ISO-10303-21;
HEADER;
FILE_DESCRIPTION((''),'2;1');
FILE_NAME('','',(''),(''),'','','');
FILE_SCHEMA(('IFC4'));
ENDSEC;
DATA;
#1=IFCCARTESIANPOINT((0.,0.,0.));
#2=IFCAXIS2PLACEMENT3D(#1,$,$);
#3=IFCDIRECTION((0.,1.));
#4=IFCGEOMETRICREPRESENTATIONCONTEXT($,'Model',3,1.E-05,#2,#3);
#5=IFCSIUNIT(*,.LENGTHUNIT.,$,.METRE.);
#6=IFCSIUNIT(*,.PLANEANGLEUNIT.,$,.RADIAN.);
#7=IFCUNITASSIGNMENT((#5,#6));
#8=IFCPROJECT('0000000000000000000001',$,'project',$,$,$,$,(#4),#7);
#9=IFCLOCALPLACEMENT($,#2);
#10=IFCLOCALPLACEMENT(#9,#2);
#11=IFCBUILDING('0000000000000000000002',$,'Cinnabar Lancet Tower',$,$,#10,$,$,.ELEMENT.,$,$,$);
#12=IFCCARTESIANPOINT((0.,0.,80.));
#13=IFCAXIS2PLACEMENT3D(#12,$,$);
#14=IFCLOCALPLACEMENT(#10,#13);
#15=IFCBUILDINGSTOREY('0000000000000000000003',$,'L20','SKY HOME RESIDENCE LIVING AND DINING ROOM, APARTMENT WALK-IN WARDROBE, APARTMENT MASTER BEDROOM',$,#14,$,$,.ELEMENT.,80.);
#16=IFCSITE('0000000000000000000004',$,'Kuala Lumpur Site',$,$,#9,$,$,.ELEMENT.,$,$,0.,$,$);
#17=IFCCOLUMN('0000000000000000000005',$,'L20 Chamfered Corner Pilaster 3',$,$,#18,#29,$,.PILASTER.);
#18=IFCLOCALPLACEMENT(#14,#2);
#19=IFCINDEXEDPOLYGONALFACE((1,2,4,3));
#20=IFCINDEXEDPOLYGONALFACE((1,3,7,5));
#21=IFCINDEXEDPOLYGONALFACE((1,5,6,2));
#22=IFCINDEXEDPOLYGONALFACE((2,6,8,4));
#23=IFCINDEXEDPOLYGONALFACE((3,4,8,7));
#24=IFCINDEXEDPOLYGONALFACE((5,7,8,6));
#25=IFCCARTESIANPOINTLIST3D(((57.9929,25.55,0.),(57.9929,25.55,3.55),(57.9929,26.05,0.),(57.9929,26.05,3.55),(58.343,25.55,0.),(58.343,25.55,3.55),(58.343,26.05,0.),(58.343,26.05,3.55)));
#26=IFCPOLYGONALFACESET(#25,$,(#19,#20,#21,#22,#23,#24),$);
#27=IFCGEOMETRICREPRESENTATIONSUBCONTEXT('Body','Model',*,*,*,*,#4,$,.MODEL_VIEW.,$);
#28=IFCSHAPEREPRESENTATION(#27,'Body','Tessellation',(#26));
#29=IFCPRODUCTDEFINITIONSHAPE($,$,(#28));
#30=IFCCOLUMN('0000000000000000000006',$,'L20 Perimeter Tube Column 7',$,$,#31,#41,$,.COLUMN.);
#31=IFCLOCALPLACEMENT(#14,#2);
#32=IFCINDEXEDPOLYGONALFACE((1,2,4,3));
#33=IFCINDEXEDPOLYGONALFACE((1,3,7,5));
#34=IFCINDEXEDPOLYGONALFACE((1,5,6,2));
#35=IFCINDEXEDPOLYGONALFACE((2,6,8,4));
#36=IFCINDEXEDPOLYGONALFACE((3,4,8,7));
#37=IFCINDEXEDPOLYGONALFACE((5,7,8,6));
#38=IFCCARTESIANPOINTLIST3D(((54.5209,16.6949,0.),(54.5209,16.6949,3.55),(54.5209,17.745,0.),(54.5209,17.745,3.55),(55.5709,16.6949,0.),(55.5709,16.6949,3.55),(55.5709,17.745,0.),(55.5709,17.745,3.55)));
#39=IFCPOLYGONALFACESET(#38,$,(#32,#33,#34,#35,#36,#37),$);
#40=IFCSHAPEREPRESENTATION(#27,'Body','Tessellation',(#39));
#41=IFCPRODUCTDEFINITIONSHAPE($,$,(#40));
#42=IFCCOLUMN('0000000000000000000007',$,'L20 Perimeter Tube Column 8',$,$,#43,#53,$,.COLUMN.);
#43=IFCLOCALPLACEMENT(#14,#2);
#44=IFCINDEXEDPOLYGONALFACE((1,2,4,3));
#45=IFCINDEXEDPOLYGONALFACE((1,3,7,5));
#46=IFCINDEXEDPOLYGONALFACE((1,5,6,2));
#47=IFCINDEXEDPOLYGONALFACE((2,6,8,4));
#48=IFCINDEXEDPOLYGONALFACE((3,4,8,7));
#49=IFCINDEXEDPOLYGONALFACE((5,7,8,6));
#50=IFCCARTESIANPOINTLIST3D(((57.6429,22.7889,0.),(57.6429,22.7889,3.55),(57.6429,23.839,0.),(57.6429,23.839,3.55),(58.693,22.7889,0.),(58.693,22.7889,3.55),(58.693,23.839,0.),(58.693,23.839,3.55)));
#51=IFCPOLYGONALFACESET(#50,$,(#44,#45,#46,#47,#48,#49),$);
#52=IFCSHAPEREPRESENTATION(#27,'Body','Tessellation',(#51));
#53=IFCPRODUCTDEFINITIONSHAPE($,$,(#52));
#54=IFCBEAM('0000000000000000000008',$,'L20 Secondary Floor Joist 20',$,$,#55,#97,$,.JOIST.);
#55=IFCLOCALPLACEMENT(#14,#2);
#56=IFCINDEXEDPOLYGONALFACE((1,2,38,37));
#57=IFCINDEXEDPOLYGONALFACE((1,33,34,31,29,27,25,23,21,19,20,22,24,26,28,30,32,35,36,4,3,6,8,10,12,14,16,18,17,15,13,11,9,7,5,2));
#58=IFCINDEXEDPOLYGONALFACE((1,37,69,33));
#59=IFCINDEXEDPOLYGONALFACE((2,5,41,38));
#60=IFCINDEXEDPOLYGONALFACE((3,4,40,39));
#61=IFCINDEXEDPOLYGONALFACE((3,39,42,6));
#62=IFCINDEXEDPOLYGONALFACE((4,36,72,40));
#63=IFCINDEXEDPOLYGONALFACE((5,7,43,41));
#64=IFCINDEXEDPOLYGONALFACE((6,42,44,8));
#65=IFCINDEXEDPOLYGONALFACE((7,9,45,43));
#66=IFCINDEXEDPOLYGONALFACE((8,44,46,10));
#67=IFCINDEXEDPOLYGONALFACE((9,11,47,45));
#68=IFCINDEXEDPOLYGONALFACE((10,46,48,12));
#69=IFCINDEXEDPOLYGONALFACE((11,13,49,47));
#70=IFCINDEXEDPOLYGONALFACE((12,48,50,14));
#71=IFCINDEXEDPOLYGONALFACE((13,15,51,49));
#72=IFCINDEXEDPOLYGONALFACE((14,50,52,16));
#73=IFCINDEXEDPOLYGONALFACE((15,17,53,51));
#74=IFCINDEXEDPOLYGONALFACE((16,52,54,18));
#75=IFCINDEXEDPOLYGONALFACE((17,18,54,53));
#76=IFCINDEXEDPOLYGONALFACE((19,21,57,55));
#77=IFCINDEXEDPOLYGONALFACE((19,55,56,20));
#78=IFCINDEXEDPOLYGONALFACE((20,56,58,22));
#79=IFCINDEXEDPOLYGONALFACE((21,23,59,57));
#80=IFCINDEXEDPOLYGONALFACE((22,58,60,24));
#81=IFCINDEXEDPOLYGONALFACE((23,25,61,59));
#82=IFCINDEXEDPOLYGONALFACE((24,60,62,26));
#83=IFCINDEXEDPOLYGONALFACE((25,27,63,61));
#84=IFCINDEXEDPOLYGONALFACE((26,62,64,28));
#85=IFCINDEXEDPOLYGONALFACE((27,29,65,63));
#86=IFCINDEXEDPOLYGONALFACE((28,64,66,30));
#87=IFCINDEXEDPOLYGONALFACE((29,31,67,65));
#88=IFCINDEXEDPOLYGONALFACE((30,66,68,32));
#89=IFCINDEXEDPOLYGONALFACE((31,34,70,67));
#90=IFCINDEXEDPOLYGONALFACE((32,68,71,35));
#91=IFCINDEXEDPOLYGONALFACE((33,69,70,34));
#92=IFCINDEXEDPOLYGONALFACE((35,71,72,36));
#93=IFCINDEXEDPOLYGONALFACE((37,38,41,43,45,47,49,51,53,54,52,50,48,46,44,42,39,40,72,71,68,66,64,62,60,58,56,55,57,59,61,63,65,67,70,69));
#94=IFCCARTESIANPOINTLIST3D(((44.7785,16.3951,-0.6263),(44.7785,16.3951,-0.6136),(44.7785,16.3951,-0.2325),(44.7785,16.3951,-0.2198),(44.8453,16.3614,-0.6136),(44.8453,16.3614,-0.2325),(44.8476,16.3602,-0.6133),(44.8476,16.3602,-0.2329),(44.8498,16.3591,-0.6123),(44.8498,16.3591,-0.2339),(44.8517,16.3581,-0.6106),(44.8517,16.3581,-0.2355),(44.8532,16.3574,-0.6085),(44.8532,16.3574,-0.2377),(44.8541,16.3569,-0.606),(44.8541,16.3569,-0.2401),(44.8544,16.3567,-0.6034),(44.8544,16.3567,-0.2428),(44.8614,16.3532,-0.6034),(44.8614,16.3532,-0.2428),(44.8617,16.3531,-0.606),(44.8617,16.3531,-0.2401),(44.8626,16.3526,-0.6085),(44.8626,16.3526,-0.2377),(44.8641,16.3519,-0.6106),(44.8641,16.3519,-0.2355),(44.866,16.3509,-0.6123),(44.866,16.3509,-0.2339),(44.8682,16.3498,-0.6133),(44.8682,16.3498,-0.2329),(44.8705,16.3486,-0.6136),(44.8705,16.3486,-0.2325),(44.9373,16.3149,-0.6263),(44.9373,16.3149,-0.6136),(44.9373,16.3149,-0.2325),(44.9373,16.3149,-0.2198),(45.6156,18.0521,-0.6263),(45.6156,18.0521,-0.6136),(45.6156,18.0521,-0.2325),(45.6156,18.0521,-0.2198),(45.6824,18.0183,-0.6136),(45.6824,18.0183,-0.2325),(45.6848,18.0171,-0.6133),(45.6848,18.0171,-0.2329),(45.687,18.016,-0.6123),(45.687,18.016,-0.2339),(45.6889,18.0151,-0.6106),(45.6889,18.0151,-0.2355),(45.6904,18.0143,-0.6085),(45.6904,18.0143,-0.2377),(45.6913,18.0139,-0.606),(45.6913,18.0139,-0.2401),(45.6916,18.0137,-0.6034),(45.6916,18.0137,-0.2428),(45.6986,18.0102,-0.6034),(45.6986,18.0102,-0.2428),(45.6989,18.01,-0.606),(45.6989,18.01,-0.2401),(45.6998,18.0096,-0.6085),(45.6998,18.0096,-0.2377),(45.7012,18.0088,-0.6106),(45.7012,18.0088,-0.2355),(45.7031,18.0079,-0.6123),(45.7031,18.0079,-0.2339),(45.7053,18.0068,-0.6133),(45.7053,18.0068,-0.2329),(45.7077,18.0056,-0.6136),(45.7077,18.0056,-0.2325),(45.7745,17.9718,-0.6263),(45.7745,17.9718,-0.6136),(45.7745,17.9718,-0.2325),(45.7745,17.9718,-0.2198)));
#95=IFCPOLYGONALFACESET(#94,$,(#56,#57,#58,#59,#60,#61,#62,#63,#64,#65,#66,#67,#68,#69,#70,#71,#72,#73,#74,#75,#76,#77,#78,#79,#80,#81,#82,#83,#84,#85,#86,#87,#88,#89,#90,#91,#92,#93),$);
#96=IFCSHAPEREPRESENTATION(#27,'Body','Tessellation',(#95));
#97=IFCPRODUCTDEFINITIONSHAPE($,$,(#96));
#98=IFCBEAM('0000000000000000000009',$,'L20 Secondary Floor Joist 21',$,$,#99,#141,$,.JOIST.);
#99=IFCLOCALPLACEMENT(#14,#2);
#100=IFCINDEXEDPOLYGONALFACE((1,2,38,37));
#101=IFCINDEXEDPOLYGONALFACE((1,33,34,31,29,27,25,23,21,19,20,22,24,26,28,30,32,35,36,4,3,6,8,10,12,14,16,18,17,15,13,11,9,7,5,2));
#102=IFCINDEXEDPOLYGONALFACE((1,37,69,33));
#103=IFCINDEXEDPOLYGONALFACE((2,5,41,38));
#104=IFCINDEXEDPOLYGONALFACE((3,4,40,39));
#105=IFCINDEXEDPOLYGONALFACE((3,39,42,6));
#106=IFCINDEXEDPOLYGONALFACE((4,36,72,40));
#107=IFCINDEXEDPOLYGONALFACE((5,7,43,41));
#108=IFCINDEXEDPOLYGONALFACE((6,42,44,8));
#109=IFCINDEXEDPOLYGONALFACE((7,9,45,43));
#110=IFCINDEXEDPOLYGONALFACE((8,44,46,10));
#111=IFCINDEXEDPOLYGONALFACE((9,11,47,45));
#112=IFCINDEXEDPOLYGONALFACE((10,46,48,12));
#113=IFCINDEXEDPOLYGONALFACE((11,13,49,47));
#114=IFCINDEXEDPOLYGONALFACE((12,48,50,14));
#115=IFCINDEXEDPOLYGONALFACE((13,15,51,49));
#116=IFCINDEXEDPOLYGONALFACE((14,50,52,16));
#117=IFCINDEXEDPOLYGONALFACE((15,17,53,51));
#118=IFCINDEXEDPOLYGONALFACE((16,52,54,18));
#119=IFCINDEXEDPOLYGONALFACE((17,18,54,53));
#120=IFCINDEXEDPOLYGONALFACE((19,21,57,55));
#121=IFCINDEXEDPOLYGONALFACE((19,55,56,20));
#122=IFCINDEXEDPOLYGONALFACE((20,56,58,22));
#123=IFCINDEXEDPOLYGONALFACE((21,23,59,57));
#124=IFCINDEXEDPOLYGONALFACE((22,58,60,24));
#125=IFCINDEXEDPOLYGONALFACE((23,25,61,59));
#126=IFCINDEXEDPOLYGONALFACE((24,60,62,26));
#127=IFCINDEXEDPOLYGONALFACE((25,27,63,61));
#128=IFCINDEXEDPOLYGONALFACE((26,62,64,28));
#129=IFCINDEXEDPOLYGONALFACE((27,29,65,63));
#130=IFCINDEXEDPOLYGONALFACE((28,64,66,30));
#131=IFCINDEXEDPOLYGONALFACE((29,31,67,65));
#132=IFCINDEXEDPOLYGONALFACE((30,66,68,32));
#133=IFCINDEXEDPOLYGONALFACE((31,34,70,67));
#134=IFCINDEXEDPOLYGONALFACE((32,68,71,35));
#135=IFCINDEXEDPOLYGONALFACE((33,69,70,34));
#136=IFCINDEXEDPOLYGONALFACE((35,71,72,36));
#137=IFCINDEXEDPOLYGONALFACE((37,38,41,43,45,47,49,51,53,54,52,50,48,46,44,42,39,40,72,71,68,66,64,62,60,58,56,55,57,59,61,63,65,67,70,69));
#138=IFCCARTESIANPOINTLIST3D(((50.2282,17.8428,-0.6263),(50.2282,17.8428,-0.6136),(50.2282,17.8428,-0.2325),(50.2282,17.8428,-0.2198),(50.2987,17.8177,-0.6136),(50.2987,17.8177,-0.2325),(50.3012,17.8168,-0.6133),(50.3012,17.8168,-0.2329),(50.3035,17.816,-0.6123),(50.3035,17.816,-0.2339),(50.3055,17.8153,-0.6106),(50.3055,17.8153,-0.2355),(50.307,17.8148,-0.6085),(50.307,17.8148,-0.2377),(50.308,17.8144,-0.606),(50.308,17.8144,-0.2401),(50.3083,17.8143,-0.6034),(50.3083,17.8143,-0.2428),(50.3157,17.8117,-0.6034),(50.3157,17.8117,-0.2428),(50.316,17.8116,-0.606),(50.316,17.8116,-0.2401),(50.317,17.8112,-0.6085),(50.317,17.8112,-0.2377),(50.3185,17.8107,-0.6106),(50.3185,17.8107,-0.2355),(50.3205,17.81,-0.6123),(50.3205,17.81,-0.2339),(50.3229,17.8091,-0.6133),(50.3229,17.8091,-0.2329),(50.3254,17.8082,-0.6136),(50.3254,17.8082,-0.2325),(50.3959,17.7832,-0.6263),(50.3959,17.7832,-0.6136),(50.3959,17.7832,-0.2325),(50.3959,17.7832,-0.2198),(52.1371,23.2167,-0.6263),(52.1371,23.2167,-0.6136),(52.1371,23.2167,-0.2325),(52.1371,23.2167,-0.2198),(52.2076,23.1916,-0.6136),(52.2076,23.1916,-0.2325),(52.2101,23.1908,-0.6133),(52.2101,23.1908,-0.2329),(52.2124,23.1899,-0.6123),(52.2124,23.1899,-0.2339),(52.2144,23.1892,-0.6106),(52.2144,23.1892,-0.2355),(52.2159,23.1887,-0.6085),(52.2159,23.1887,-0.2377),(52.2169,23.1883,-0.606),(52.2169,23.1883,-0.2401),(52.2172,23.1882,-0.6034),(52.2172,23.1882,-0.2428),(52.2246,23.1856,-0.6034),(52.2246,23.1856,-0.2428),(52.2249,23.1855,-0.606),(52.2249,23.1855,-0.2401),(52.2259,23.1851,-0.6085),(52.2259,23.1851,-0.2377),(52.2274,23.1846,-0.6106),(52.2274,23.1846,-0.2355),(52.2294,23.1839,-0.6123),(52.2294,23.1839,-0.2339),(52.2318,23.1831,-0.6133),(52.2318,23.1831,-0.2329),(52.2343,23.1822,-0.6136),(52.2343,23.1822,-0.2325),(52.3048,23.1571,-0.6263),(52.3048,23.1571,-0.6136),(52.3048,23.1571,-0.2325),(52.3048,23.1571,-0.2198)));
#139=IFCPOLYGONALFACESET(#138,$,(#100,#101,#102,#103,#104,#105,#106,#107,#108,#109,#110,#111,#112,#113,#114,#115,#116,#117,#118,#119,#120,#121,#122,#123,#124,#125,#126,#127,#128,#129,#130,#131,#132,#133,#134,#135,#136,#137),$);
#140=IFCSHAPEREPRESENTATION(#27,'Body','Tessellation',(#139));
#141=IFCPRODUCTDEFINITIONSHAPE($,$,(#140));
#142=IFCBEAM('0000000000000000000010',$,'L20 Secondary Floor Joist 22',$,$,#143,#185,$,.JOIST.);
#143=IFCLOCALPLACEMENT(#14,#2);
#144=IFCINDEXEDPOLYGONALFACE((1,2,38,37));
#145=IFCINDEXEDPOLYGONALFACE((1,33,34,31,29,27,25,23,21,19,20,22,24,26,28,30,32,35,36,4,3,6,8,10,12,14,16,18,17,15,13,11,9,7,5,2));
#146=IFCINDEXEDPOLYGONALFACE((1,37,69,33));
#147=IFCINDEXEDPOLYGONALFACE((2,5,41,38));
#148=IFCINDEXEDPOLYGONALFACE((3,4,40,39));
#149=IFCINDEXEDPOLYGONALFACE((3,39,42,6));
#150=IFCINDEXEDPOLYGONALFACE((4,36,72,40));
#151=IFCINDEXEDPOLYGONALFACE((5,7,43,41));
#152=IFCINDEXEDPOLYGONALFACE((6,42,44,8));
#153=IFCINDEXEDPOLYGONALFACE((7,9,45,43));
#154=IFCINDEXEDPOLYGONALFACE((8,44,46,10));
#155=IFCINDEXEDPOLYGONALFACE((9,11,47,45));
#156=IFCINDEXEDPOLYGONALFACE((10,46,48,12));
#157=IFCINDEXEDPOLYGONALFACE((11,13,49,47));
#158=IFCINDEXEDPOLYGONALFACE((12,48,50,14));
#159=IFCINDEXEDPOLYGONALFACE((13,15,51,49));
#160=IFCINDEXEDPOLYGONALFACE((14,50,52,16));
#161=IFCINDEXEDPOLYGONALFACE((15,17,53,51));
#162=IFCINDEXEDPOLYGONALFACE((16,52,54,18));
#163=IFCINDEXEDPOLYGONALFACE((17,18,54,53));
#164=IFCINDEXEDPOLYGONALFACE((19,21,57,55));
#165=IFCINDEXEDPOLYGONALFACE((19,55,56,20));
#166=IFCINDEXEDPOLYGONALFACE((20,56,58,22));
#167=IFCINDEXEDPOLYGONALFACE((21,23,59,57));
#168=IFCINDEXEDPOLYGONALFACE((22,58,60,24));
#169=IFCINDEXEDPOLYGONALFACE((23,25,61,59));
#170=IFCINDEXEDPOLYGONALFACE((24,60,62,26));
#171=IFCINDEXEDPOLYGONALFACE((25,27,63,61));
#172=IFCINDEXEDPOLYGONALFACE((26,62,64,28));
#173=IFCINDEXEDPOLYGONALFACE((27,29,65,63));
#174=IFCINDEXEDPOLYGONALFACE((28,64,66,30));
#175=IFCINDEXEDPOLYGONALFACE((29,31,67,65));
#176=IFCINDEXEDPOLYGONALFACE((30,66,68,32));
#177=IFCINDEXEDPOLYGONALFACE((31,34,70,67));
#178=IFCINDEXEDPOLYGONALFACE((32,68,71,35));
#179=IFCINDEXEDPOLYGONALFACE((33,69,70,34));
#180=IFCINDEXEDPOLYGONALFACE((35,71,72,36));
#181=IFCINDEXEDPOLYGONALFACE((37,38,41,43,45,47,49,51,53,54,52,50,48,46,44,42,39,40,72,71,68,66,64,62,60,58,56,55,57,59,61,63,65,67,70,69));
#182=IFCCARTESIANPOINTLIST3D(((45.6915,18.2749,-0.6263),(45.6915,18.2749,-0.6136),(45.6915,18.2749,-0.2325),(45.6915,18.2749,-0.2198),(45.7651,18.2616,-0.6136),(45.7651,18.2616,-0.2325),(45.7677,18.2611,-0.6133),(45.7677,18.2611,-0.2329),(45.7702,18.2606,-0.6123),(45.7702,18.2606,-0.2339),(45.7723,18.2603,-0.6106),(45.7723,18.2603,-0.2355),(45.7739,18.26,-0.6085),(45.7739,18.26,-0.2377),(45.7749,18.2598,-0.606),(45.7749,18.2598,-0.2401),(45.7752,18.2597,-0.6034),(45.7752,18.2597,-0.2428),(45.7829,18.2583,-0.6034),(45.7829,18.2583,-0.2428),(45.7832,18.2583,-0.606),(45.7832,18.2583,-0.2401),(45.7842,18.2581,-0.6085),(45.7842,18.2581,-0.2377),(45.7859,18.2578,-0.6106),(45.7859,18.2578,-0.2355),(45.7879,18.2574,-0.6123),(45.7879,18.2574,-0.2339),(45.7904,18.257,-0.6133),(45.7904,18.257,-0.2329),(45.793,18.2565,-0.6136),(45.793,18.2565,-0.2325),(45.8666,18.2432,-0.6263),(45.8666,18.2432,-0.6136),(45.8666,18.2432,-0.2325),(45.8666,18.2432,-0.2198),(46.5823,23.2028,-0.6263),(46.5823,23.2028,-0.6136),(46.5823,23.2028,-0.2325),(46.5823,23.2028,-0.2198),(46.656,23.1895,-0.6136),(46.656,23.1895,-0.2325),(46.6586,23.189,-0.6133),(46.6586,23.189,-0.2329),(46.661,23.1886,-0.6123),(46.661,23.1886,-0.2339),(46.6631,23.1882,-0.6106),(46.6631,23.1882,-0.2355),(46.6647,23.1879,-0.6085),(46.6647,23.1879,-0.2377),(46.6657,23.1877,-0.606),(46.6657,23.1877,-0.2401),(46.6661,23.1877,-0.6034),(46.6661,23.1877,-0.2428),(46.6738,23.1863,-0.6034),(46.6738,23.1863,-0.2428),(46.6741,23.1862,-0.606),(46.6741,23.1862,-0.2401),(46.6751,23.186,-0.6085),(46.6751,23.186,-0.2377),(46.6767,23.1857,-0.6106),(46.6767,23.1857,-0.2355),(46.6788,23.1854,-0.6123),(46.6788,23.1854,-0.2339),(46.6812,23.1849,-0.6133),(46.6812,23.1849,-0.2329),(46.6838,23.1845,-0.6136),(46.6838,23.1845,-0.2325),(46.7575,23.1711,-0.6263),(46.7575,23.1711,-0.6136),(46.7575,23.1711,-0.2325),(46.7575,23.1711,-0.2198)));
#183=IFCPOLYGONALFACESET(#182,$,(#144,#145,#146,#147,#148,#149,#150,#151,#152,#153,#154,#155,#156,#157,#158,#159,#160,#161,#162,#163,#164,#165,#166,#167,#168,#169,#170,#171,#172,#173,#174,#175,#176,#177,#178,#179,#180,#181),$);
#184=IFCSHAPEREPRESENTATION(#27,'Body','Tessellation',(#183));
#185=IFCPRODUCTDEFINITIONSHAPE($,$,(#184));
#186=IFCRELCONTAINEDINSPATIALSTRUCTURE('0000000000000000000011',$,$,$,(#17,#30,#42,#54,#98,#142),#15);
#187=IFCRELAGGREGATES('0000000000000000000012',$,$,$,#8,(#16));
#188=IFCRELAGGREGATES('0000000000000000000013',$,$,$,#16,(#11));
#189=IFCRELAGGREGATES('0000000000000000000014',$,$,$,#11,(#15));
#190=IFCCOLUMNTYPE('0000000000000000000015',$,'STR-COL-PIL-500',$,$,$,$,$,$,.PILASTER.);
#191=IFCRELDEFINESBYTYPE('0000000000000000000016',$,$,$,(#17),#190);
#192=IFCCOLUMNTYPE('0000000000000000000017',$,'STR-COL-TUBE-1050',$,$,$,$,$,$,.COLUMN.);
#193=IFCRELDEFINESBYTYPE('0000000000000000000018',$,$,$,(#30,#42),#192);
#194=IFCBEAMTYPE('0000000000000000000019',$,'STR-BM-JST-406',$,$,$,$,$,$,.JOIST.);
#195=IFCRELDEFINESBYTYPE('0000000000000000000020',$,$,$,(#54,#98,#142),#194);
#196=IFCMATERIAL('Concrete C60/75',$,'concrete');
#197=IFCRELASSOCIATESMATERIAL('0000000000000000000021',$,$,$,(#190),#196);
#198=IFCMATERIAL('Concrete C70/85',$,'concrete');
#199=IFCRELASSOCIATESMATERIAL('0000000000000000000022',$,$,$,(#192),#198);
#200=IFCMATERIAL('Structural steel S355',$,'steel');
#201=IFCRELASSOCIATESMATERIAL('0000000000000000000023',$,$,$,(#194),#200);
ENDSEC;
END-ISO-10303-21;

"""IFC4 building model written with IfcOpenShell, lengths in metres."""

from ifc_helpers import new_model, si_unit, direction, frame, origin, origin_2d, place, context, subcontext, project, spatial, rectangle, i_section, extrude, material, material_profile, profile_set, type_object, element, save


model = new_model("IFC4")

# Units and contexts
model_context = context("Model", 3, precision=1e-05, world=origin(), true_north=direction((0.0, 1.0)))
body_context = subcontext(model_context, "Body", "Model", "MODEL_VIEW")
ifc_project = project(units=[si_unit("LENGTHUNIT", "METRE"), si_unit("PLANEANGLEUNIT", "RADIAN")], contexts=[model_context])

# Site, building, storey
site_placement = place(None, origin())
site = spatial("IfcSite", under=ifc_project, at=site_placement, Name="Kuala Lumpur Site", CompositionType="ELEMENT", RefElevation=0.0)
building_placement = place(site_placement, origin())
building = spatial("IfcBuilding", under=site, at=building_placement, Name="Cinnabar Lancet Tower", CompositionType="ELEMENT")
storey_placement = place(building_placement, frame((0.0, 0.0, 80.0)))
storey = spatial("IfcBuildingStorey", under=building, at=storey_placement, Name="L20", Description="SKY HOME RESIDENCE LIVING AND DINING ROOM, APARTMENT WALK-IN WARDROBE, APARTMENT MASTER BEDROOM", CompositionType="ELEMENT", Elevation=80.0)

# Columns
ifc_material_1 = material(Name="Concrete C60/75", Category="concrete")
ifc_material_profile_1 = material_profile(ifc_material_1, rectangle(XDim=0.5, YDim=0.3501, at=origin_2d()), Name="RC-PIL 500x350")
ifc_profile_set_1 = profile_set([ifc_material_profile_1], Name="Concrete C60/75")
column_type_1 = type_object("IfcColumnType", Name="STR-COL-PIL-500", PredefinedType="PILASTER", material=ifc_profile_set_1)
column_placement = place(storey_placement, frame((58.168, 25.8, 0.0), z_axis=(0.0, 0.0, 1.0), x_axis=(0.0, 1.0, 0.0)))
element("IfcColumn", 1, at=column_placement, inside=storey, type_object=column_type_1, Name="L20 Chamfered Corner Pilaster 3", PredefinedType="PILASTER", context=body_context, shape_type="SweptSolid", body=[
    extrude(rectangle(XDim=0.5, YDim=0.3501, at=origin_2d()), origin(), (0.0, 0.0, 1.0), 3.55),
])
ifc_material_2 = material(Name="Concrete C70/85", Category="concrete")
ifc_material_profile_2 = material_profile(ifc_material_2, rectangle(XDim=1.05, YDim=1.05, at=origin_2d()), Name="RC-COL 1050x1050")
ifc_profile_set_2 = profile_set([ifc_material_profile_2], Name="Concrete C70/85")
column_type_2 = type_object("IfcColumnType", Name="STR-COL-TUBE-1050", PredefinedType="COLUMN", material=ifc_profile_set_2)
for number, where, z_axis, x_axis, name in (
    (2, (55.0459, 17.22, 0.0), (0.0, 0.0, 1.0), (1.0, 0.0, 0.0), "L20 Perimeter Tube Column 7"),
    (3, (58.168, 23.314, 0.0), (0.0, 0.0, 1.0), (1.0, 0.0, 0.0), "L20 Perimeter Tube Column 8"),
):
    element("IfcColumn", number, at=place(storey_placement, frame(where, z_axis=z_axis, x_axis=x_axis)), inside=storey, type_object=column_type_2, Name=name, PredefinedType="COLUMN", context=body_context, shape_type="SweptSolid", body=[
        extrude(rectangle(XDim=1.05, YDim=1.05, at=origin_2d()), origin(), (0.0, 0.0, 1.0), 3.55),
    ])

# Beams
ifc_material_3 = material(Name="Structural steel S355", Category="steel")
ifc_material_profile_3 = material_profile(ifc_material_3, i_section(OverallWidth=0.178, OverallDepth=0.4065, WebThickness=0.0078, FlangeThickness=0.0127, FilletRadius=0.0103, at=origin_2d()), Name="UKB 406x178x60")
ifc_profile_set_3 = profile_set([ifc_material_profile_3], Name="Structural steel S355")
beam_type_1 = type_object("IfcBeamType", Name="STR-BM-JST-406", PredefinedType="JOIST", material=ifc_profile_set_3)
beam_1_placement = place(storey_placement, frame((44.8579, 16.355, -0.4231), z_axis=(0.450945, 0.892552, 0.0), x_axis=(-0.892552, 0.450945, 0.0)))
element("IfcBeam", 4, at=beam_1_placement, inside=storey, type_object=beam_type_1, Name="L20 Secondary Floor Joist 20", PredefinedType="JOIST", context=body_context, shape_type="SweptSolid", body=[
    extrude(i_section(OverallWidth=0.178, OverallDepth=0.4065, WebThickness=0.0078, FlangeThickness=0.0127, FilletRadius=0.0103, at=origin_2d()), origin(), (0.0, 0.0, 1.0), 1.8564),
])
beam_2_placement = place(storey_placement, frame((50.312, 17.813, -0.4231), z_axis=(0.334725, 0.942316, 0.0), x_axis=(-0.942316, 0.334725, 0.0)))
element("IfcBeam", 5, at=beam_2_placement, inside=storey, type_object=beam_type_1, Name="L20 Secondary Floor Joist 21", PredefinedType="JOIST", context=body_context, shape_type="SweptSolid", body=[
    extrude(i_section(OverallWidth=0.178, OverallDepth=0.4065, WebThickness=0.0078, FlangeThickness=0.0127, FilletRadius=0.0103, at=origin_2d()), origin(), (0.0, 0.0, 1.0), 5.7029),
])
beam_3_placement = place(storey_placement, frame((45.7791, 18.259, -0.4231), z_axis=(0.177894, 0.98405, 0.0), x_axis=(-0.98405, 0.177894, 0.0)))
element("IfcBeam", 6, at=beam_3_placement, inside=storey, type_object=beam_type_1, Name="L20 Secondary Floor Joist 22", PredefinedType="JOIST", context=body_context, shape_type="SweptSolid", body=[
    extrude(i_section(OverallWidth=0.178, OverallDepth=0.4065, WebThickness=0.0078, FlangeThickness=0.0127, FilletRadius=0.0103, at=origin_2d()), origin(), (0.0, 0.0, 1.0), 5.0078),
])

save(model, "model.ifc")
